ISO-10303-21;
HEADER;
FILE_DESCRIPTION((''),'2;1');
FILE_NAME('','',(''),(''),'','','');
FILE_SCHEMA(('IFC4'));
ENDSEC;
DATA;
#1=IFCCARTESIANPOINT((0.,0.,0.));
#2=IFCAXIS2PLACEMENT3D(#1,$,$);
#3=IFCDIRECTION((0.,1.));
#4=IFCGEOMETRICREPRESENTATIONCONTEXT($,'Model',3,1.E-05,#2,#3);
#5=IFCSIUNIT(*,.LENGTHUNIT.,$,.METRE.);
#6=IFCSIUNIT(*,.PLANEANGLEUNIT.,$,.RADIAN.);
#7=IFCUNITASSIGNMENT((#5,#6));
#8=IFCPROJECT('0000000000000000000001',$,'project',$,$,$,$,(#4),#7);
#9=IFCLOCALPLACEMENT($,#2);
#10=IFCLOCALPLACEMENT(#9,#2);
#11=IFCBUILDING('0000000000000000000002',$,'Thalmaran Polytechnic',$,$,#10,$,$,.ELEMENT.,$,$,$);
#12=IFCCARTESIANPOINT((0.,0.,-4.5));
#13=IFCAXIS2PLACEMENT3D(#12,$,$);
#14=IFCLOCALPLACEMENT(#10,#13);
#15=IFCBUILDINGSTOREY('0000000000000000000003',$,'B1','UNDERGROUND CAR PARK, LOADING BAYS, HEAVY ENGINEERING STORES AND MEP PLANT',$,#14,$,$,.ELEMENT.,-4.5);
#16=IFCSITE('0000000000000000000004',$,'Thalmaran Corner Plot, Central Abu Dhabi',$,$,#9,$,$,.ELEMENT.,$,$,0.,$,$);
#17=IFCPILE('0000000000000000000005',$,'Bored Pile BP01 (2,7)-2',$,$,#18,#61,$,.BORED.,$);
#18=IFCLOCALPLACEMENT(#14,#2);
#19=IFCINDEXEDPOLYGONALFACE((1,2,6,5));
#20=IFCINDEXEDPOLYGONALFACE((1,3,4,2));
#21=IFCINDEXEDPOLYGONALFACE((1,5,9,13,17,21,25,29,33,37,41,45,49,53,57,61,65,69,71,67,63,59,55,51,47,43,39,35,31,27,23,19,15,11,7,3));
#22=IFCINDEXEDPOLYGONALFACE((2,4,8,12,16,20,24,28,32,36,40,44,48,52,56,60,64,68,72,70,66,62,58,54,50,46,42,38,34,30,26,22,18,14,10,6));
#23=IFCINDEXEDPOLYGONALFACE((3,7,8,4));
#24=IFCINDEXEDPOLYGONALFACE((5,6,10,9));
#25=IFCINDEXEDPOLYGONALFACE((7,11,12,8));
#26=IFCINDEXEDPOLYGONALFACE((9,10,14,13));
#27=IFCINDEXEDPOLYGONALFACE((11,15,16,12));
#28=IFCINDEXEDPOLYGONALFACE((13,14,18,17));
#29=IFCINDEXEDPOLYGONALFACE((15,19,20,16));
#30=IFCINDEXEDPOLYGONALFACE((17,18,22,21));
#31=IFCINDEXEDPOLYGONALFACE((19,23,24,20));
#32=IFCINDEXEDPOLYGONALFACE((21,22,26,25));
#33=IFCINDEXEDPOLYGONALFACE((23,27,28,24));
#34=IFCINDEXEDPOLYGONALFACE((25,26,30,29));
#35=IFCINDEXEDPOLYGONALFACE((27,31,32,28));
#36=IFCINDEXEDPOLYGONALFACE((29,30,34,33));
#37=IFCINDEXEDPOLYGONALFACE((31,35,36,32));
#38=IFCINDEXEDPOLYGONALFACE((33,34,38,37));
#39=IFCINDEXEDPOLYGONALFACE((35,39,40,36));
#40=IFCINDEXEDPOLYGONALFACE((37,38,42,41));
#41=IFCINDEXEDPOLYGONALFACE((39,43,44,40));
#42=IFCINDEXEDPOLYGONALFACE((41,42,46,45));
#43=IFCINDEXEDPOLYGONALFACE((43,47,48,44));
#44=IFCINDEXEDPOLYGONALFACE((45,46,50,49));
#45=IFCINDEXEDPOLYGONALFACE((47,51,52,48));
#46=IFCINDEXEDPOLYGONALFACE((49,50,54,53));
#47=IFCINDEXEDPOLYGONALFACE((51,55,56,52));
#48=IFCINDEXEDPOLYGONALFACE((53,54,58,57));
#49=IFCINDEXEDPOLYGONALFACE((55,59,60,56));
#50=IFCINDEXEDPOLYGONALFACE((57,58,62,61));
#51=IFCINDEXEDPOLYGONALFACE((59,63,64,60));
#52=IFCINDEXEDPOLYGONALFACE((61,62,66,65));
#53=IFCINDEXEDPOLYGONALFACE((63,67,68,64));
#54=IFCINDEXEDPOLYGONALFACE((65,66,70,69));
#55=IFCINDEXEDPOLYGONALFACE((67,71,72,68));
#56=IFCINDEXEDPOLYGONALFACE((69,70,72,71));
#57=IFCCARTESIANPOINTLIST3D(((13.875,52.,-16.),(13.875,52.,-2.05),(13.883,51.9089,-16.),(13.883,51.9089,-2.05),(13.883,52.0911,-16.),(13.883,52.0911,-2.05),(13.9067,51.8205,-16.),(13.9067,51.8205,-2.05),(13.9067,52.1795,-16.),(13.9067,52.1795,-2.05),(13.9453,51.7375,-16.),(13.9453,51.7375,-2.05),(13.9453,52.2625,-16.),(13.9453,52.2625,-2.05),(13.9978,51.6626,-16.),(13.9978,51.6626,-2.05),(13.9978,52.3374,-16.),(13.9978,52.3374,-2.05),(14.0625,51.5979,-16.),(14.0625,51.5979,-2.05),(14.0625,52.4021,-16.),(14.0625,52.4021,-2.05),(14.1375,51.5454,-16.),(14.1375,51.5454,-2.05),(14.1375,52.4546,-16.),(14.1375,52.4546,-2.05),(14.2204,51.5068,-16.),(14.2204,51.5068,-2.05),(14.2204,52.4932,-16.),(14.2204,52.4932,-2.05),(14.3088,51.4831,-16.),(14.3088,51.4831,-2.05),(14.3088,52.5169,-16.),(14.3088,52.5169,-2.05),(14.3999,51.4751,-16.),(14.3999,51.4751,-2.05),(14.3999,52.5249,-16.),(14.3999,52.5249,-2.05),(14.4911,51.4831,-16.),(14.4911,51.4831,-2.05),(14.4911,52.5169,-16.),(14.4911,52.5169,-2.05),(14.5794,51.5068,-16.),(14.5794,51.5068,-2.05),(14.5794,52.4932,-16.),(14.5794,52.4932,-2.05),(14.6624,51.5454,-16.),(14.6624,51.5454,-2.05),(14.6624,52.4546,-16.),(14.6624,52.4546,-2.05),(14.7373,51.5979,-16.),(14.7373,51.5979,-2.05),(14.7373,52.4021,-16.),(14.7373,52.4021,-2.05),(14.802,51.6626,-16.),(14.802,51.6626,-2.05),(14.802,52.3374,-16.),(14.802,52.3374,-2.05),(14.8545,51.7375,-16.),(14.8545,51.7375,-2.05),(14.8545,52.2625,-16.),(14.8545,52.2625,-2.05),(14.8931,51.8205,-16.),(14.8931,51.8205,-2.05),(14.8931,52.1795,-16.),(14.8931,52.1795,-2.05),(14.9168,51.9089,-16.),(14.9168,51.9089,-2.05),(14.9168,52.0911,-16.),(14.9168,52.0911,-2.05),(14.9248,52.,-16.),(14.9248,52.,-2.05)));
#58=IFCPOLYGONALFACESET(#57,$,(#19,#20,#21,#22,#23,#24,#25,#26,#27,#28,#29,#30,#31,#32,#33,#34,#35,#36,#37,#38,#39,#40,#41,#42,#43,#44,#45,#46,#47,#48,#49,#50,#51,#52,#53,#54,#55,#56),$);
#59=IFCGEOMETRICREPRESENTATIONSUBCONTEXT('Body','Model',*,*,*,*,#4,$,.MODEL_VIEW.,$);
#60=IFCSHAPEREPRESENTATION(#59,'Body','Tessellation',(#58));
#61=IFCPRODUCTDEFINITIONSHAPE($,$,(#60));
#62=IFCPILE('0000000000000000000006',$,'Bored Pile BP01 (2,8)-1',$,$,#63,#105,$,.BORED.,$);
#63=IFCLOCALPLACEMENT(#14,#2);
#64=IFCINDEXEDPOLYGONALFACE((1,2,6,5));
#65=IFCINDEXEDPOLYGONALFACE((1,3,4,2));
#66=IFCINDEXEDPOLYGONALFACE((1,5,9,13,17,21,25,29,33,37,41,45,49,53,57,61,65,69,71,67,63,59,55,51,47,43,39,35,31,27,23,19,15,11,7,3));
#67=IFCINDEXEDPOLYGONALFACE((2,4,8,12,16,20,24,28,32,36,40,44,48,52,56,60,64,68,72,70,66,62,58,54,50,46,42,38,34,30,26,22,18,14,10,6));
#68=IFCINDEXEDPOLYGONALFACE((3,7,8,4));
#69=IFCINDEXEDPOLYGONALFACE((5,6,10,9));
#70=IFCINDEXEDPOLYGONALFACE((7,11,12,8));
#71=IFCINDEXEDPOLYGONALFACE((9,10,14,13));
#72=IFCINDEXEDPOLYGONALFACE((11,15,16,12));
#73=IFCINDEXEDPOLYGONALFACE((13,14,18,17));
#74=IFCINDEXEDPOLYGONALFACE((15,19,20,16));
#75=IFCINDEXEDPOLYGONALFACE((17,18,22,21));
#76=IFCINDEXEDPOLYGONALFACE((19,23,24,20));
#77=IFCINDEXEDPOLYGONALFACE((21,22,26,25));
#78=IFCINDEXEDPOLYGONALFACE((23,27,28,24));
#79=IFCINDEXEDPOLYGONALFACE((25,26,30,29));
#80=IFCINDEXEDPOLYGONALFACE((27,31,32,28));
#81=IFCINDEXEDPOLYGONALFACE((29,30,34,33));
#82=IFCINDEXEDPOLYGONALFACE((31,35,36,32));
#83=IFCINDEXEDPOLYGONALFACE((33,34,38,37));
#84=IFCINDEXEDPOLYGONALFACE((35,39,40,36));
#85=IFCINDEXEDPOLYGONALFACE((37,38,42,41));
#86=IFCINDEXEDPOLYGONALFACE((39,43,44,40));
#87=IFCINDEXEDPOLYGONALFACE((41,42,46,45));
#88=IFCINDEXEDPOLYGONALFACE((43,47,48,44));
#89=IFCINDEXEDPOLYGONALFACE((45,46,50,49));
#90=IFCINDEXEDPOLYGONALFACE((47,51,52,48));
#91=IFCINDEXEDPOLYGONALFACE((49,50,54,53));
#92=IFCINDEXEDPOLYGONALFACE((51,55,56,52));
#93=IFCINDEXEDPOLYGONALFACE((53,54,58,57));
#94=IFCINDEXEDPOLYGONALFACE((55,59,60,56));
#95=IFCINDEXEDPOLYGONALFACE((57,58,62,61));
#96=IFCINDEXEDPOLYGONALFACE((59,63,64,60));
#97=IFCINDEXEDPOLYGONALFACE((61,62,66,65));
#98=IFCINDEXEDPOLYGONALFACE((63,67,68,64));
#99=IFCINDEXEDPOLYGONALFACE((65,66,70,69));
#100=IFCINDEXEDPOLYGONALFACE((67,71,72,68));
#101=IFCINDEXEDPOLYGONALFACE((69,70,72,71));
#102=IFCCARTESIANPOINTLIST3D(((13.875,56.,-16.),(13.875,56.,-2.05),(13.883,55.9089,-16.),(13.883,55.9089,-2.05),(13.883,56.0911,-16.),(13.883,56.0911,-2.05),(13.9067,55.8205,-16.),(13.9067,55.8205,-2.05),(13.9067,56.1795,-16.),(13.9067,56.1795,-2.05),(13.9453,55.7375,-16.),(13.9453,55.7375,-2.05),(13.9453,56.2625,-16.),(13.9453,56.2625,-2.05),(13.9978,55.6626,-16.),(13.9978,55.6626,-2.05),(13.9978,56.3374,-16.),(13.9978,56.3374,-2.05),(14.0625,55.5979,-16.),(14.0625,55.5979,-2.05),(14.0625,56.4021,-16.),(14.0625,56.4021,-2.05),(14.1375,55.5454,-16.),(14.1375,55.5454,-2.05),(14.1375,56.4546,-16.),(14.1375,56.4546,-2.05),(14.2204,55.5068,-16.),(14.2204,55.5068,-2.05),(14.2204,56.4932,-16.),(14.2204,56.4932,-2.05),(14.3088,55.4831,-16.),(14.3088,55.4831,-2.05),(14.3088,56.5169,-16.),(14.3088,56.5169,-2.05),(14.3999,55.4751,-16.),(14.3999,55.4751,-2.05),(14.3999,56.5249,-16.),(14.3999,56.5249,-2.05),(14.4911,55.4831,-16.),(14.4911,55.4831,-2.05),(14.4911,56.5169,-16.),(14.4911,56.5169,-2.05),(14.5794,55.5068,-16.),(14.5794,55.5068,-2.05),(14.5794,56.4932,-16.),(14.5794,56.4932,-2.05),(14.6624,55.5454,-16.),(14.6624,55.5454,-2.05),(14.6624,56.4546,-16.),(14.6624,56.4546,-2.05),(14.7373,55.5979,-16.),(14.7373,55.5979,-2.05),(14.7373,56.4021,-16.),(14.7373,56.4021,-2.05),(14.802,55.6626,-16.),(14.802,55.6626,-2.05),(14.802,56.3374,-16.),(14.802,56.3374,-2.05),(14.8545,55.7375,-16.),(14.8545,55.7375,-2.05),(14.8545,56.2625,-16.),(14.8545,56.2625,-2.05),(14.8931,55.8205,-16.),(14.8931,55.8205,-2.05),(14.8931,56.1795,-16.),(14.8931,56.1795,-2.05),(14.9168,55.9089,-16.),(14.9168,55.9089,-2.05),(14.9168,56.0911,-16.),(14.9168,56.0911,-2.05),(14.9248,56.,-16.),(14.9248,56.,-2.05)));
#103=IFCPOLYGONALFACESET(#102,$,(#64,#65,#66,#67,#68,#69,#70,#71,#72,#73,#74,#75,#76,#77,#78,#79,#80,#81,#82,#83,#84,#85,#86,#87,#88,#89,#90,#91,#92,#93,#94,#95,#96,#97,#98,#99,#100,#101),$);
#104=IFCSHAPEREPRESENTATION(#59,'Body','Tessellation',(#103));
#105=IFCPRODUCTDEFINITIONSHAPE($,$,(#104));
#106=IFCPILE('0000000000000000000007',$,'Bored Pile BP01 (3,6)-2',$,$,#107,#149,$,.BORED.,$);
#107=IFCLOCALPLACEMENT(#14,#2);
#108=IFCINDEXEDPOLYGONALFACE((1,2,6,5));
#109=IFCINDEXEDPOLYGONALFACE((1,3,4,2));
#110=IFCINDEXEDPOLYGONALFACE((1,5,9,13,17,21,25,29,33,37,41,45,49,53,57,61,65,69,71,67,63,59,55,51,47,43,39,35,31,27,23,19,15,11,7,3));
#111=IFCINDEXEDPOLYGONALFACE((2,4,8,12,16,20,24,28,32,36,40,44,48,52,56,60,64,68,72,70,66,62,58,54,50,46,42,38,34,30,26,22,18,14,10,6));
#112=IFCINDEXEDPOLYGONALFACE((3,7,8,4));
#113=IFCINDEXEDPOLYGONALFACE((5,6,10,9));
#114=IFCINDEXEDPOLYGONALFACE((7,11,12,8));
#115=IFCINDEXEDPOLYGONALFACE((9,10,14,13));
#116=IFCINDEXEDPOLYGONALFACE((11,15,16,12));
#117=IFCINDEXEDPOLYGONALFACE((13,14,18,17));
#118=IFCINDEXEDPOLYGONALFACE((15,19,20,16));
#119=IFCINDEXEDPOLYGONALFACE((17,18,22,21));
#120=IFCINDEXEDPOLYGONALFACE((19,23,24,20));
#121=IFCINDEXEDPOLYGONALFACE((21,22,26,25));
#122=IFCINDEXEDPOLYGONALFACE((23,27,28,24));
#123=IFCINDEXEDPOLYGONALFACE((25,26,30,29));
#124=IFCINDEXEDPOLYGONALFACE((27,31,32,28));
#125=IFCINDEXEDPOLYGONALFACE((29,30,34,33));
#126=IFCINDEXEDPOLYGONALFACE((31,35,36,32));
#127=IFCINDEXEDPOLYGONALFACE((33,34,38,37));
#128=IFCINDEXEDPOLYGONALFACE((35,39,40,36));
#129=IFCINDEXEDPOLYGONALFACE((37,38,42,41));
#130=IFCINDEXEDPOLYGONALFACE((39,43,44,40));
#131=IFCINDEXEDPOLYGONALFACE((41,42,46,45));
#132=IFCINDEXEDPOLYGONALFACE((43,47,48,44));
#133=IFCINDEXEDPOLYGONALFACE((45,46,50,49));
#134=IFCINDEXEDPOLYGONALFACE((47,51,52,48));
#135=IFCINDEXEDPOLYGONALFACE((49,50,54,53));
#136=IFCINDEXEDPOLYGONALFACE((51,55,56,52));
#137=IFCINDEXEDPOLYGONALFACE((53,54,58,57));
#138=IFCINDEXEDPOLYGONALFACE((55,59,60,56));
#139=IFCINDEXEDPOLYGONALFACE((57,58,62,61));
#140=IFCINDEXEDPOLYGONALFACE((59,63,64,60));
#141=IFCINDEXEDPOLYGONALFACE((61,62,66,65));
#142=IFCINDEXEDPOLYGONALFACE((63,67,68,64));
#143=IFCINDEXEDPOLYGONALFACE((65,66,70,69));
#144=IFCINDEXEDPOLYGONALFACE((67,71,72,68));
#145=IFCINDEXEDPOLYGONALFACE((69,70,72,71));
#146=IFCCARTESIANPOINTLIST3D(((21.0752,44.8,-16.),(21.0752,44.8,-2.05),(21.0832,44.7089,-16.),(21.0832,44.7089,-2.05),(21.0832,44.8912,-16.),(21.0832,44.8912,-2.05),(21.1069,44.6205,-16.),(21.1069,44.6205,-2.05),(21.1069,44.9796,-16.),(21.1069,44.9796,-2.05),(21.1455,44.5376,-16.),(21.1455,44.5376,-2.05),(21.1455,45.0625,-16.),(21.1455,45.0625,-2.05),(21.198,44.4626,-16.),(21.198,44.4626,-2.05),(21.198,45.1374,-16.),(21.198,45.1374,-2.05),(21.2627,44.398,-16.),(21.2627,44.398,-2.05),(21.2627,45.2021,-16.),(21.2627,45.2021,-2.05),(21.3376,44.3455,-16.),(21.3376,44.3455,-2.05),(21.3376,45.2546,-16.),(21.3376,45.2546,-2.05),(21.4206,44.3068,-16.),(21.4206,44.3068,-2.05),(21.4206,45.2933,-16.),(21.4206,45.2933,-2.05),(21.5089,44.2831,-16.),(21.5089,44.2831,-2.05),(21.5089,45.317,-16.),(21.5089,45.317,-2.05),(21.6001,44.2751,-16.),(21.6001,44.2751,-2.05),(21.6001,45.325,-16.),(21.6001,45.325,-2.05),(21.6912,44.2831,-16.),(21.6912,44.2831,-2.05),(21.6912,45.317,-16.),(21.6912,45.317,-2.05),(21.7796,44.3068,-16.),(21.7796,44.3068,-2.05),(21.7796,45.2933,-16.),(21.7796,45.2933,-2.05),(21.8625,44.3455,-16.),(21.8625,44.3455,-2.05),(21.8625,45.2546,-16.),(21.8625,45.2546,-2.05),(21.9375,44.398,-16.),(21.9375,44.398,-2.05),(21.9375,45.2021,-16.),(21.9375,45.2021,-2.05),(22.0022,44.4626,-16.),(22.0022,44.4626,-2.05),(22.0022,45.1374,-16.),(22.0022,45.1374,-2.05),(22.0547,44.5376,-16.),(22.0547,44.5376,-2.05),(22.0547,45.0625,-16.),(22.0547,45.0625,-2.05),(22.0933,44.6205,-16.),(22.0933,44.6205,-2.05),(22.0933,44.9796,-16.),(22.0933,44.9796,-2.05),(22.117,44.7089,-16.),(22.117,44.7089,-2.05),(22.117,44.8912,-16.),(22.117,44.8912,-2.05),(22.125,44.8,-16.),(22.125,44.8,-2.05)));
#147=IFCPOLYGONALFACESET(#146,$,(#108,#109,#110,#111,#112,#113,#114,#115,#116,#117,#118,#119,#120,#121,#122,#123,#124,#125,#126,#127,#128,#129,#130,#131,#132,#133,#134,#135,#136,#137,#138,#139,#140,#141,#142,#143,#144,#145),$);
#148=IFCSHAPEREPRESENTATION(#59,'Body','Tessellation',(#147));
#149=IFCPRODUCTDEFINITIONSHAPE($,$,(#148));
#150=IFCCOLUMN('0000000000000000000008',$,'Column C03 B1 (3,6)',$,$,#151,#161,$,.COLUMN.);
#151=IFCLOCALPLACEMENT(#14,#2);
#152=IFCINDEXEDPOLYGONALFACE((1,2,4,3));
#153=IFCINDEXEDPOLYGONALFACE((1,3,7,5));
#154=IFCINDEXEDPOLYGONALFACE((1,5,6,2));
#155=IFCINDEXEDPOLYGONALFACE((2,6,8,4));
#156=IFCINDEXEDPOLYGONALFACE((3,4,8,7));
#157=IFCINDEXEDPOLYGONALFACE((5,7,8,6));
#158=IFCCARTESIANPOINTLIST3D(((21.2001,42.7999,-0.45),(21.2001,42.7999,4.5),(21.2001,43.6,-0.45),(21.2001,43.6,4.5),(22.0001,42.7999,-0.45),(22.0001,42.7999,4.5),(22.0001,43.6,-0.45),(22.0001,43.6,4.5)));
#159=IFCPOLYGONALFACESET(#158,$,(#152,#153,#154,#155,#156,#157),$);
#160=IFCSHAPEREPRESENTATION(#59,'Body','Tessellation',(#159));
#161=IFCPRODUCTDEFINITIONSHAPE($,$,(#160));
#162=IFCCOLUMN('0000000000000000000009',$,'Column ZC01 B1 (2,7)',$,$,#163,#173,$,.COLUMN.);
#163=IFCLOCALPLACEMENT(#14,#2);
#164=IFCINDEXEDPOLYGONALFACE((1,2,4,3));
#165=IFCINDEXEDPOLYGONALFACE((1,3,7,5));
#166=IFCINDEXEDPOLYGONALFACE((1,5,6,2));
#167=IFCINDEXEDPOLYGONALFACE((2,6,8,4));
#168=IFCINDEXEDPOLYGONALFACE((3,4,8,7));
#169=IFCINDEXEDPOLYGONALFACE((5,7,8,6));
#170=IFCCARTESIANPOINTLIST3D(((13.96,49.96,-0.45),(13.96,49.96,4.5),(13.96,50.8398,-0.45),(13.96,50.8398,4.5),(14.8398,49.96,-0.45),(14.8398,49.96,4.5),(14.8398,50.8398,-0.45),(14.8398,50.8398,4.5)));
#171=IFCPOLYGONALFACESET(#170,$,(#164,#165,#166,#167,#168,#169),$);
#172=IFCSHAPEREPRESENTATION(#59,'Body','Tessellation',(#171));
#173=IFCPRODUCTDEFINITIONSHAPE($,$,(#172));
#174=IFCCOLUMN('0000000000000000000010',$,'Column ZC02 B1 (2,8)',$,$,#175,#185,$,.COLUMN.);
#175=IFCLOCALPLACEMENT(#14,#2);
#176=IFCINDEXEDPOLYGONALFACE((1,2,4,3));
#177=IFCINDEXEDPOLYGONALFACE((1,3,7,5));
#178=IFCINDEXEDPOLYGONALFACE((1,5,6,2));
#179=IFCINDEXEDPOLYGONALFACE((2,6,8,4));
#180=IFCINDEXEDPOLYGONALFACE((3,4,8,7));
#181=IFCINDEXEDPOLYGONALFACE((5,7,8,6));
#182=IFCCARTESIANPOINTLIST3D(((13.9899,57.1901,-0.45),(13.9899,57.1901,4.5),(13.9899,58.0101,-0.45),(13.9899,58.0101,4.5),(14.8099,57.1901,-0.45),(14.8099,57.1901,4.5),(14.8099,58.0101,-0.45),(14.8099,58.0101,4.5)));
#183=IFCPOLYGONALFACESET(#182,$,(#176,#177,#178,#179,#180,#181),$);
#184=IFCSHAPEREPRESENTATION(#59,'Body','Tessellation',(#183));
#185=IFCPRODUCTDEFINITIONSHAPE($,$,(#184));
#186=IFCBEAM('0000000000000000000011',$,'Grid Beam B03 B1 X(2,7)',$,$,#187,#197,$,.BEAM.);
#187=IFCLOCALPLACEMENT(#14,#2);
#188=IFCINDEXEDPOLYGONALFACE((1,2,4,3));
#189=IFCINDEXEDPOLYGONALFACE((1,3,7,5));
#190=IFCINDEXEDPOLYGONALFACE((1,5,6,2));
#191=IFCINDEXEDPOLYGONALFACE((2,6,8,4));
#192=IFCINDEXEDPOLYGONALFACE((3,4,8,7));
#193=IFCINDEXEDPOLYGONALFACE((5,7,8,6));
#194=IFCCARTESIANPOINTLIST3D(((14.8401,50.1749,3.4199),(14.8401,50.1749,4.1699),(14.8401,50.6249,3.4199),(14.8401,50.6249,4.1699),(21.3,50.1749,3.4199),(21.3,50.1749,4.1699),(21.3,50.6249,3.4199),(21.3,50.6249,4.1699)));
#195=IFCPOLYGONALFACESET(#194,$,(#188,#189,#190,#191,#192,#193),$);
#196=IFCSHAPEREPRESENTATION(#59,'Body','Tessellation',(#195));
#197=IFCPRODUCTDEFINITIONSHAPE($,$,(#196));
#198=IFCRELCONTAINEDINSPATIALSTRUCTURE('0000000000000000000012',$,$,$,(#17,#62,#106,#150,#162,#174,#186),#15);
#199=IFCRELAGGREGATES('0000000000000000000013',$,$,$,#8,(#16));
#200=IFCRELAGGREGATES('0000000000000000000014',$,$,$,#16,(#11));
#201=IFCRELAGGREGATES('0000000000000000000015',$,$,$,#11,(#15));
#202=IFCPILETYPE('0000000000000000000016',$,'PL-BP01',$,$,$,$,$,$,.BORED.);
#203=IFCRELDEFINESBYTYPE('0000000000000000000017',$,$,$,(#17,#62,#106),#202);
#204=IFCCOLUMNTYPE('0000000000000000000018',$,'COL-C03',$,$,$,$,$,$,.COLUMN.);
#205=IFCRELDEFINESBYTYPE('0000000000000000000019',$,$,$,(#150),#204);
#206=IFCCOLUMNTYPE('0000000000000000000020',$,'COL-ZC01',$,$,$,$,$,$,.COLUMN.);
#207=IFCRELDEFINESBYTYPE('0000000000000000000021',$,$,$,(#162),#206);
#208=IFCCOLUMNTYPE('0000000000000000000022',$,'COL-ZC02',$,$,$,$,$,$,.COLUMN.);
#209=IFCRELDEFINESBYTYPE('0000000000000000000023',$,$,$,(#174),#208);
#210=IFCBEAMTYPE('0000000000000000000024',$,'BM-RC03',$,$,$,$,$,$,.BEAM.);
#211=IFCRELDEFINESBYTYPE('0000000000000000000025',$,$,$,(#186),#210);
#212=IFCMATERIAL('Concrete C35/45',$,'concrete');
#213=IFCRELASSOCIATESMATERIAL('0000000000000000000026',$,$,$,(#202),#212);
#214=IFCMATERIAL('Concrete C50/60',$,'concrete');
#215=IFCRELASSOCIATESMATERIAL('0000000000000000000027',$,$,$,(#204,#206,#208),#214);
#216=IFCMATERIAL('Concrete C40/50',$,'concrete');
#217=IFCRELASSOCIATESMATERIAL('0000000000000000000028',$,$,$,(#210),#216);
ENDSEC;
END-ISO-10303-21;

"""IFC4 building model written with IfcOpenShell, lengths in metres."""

from ifc_helpers import new_model, si_unit, direction, frame, origin, origin_2d, place, context, subcontext, project, spatial, rectangle, circle, extrude, material, material_profile, profile_set, type_object, element, save


model = new_model("IFC4")

# Units and contexts
model_context = context("Model", 3, precision=1e-05, world=origin(), true_north=direction((0.0, 1.0)))
body_context = subcontext(model_context, "Body", "Model", "MODEL_VIEW")
ifc_project = project(units=[si_unit("LENGTHUNIT", "METRE"), si_unit("PLANEANGLEUNIT", "RADIAN")], contexts=[model_context])

# Site, building, storey
site_placement = place(None, origin())
site = spatial("IfcSite", under=ifc_project, at=site_placement, Name="Thalmaran Corner Plot, Central Abu Dhabi", CompositionType="ELEMENT", RefElevation=0.0)
building_placement = place(site_placement, origin())
building = spatial("IfcBuilding", under=site, at=building_placement, Name="Thalmaran Polytechnic", CompositionType="ELEMENT")
storey_placement = place(building_placement, frame((0.0, 0.0, -4.5)))
storey = spatial("IfcBuildingStorey", under=building, at=storey_placement, Name="B1", Description="UNDERGROUND CAR PARK, LOADING BAYS, HEAVY ENGINEERING STORES AND MEP PLANT", CompositionType="ELEMENT", Elevation=-4.5)

# Shared definitions
ifc_material_1 = material(Name="Concrete C40/50", Category="concrete")

# Piles
ifc_material_2 = material(Name="Concrete C35/45", Category="concrete")
ifc_material_profile_1 = material_profile(ifc_material_2, circle(Radius=0.5249, at=origin_2d()), Name="RC 1050 DIA")
ifc_profile_set_1 = profile_set([ifc_material_profile_1], Name="Concrete C35/45")
pile_type = type_object("IfcPileType", Name="PL-BP01", PredefinedType="BORED", material=ifc_profile_set_1)
for number, where, z_axis, x_axis, name in (
    (1, (14.3999, 52.0, -2.05), (0.0, 0.0, -1.0), (1.0, 0.0, 0.0), "Bored Pile BP01 (2,7)-2"),
    (2, (14.3999, 56.0, -2.05), (0.0, 0.0, -1.0), (1.0, 0.0, 0.0), "Bored Pile BP01 (2,8)-1"),
    (3, (21.6001, 44.8, -2.05), (0.0, 0.0, -1.0), (1.0, 0.0, 0.0), "Bored Pile BP01 (3,6)-2"),
):
    element("IfcPile", number, at=place(storey_placement, frame(where, z_axis=z_axis, x_axis=x_axis)), inside=storey, type_object=pile_type, Name=name, PredefinedType="BORED", context=body_context, shape_type="SweptSolid", body=[
        extrude(circle(Radius=0.5249, at=origin_2d()), origin(), (0.0, 0.0, 1.0), 13.95),
    ])

# Columns
ifc_material_3 = material(Name="Concrete C50/60", Category="concrete")
ifc_material_profile_2 = material_profile(ifc_material_3, rectangle(XDim=0.8, YDim=0.8, at=origin_2d()), Name="RC 800x800")
ifc_profile_set_2 = profile_set([ifc_material_profile_2], Name="Concrete C50/60")
column_type_1 = type_object("IfcColumnType", Name="COL-C03", PredefinedType="COLUMN", material=ifc_profile_set_2)
column_1_placement = place(storey_placement, frame((21.6001, 43.2, -0.45), z_axis=(0.0, 0.0, 1.0), x_axis=(1.0, 0.0, 0.0)))
element("IfcColumn", 4, at=column_1_placement, inside=storey, type_object=column_type_1, Name="Column C03 B1 (3,6)", PredefinedType="COLUMN", context=body_context, shape_type="SweptSolid", body=[
    extrude(rectangle(XDim=0.8, YDim=0.8, at=origin_2d()), origin(), (0.0, 0.0, 1.0), 4.95),
])
ifc_material_profile_3 = material_profile(ifc_material_3, rectangle(XDim=0.8799, YDim=0.8799, at=origin_2d()), Name="RC 880x880")
ifc_profile_set_3 = profile_set([ifc_material_profile_3], Name="Concrete C50/60")
column_type_2 = type_object("IfcColumnType", Name="COL-ZC01", PredefinedType="COLUMN", material=ifc_profile_set_3)
column_2_placement = place(storey_placement, frame((14.3999, 50.3999, -0.45), z_axis=(0.0, 0.0, 1.0), x_axis=(1.0, 0.0, 0.0)))
element("IfcColumn", 5, at=column_2_placement, inside=storey, type_object=column_type_2, Name="Column ZC01 B1 (2,7)", PredefinedType="COLUMN", context=body_context, shape_type="SweptSolid", body=[
    extrude(rectangle(XDim=0.8799, YDim=0.8799, at=origin_2d()), origin(), (0.0, 0.0, 1.0), 4.95),
])
ifc_material_profile_4 = material_profile(ifc_material_3, rectangle(XDim=0.8201, YDim=0.8201, at=origin_2d()), Name="RC 820x820")
ifc_profile_set_4 = profile_set([ifc_material_profile_4], Name="Concrete C50/60")
column_type_3 = type_object("IfcColumnType", Name="COL-ZC02", PredefinedType="COLUMN", material=ifc_profile_set_4)
column_3_placement = place(storey_placement, frame((14.3999, 57.6001, -0.45), z_axis=(0.0, 0.0, 1.0), x_axis=(1.0, 0.0, 0.0)))
element("IfcColumn", 6, at=column_3_placement, inside=storey, type_object=column_type_3, Name="Column ZC02 B1 (2,8)", PredefinedType="COLUMN", context=body_context, shape_type="SweptSolid", body=[
    extrude(rectangle(XDim=0.8201, YDim=0.8201, at=origin_2d()), origin(), (0.0, 0.0, 1.0), 4.95),
])

# Beam
ifc_material_profile_5 = material_profile(ifc_material_1, rectangle(XDim=0.45, YDim=0.75, at=origin_2d()), Name="RC 450x750")
ifc_profile_set_5 = profile_set([ifc_material_profile_5], Name="Concrete C40/50")
beam_type_1 = type_object("IfcBeamType", Name="BM-RC03", PredefinedType="BEAM", material=ifc_profile_set_5)
beam_1_placement = place(storey_placement, frame((14.8401, 50.3999, 3.7949), z_axis=(1.0, 0.0, 0.0), x_axis=(0.0, 1.0, 0.0)))
element("IfcBeam", 7, at=beam_1_placement, inside=storey, type_object=beam_type_1, Name="Grid Beam B03 B1 X(2,7)", PredefinedType="BEAM", context=body_context, shape_type="SweptSolid", body=[
    extrude(rectangle(XDim=0.45, YDim=0.75, at=origin_2d()), origin(), (0.0, 0.0, 1.0), 6.46),
])

save(model, "model.ifc")
